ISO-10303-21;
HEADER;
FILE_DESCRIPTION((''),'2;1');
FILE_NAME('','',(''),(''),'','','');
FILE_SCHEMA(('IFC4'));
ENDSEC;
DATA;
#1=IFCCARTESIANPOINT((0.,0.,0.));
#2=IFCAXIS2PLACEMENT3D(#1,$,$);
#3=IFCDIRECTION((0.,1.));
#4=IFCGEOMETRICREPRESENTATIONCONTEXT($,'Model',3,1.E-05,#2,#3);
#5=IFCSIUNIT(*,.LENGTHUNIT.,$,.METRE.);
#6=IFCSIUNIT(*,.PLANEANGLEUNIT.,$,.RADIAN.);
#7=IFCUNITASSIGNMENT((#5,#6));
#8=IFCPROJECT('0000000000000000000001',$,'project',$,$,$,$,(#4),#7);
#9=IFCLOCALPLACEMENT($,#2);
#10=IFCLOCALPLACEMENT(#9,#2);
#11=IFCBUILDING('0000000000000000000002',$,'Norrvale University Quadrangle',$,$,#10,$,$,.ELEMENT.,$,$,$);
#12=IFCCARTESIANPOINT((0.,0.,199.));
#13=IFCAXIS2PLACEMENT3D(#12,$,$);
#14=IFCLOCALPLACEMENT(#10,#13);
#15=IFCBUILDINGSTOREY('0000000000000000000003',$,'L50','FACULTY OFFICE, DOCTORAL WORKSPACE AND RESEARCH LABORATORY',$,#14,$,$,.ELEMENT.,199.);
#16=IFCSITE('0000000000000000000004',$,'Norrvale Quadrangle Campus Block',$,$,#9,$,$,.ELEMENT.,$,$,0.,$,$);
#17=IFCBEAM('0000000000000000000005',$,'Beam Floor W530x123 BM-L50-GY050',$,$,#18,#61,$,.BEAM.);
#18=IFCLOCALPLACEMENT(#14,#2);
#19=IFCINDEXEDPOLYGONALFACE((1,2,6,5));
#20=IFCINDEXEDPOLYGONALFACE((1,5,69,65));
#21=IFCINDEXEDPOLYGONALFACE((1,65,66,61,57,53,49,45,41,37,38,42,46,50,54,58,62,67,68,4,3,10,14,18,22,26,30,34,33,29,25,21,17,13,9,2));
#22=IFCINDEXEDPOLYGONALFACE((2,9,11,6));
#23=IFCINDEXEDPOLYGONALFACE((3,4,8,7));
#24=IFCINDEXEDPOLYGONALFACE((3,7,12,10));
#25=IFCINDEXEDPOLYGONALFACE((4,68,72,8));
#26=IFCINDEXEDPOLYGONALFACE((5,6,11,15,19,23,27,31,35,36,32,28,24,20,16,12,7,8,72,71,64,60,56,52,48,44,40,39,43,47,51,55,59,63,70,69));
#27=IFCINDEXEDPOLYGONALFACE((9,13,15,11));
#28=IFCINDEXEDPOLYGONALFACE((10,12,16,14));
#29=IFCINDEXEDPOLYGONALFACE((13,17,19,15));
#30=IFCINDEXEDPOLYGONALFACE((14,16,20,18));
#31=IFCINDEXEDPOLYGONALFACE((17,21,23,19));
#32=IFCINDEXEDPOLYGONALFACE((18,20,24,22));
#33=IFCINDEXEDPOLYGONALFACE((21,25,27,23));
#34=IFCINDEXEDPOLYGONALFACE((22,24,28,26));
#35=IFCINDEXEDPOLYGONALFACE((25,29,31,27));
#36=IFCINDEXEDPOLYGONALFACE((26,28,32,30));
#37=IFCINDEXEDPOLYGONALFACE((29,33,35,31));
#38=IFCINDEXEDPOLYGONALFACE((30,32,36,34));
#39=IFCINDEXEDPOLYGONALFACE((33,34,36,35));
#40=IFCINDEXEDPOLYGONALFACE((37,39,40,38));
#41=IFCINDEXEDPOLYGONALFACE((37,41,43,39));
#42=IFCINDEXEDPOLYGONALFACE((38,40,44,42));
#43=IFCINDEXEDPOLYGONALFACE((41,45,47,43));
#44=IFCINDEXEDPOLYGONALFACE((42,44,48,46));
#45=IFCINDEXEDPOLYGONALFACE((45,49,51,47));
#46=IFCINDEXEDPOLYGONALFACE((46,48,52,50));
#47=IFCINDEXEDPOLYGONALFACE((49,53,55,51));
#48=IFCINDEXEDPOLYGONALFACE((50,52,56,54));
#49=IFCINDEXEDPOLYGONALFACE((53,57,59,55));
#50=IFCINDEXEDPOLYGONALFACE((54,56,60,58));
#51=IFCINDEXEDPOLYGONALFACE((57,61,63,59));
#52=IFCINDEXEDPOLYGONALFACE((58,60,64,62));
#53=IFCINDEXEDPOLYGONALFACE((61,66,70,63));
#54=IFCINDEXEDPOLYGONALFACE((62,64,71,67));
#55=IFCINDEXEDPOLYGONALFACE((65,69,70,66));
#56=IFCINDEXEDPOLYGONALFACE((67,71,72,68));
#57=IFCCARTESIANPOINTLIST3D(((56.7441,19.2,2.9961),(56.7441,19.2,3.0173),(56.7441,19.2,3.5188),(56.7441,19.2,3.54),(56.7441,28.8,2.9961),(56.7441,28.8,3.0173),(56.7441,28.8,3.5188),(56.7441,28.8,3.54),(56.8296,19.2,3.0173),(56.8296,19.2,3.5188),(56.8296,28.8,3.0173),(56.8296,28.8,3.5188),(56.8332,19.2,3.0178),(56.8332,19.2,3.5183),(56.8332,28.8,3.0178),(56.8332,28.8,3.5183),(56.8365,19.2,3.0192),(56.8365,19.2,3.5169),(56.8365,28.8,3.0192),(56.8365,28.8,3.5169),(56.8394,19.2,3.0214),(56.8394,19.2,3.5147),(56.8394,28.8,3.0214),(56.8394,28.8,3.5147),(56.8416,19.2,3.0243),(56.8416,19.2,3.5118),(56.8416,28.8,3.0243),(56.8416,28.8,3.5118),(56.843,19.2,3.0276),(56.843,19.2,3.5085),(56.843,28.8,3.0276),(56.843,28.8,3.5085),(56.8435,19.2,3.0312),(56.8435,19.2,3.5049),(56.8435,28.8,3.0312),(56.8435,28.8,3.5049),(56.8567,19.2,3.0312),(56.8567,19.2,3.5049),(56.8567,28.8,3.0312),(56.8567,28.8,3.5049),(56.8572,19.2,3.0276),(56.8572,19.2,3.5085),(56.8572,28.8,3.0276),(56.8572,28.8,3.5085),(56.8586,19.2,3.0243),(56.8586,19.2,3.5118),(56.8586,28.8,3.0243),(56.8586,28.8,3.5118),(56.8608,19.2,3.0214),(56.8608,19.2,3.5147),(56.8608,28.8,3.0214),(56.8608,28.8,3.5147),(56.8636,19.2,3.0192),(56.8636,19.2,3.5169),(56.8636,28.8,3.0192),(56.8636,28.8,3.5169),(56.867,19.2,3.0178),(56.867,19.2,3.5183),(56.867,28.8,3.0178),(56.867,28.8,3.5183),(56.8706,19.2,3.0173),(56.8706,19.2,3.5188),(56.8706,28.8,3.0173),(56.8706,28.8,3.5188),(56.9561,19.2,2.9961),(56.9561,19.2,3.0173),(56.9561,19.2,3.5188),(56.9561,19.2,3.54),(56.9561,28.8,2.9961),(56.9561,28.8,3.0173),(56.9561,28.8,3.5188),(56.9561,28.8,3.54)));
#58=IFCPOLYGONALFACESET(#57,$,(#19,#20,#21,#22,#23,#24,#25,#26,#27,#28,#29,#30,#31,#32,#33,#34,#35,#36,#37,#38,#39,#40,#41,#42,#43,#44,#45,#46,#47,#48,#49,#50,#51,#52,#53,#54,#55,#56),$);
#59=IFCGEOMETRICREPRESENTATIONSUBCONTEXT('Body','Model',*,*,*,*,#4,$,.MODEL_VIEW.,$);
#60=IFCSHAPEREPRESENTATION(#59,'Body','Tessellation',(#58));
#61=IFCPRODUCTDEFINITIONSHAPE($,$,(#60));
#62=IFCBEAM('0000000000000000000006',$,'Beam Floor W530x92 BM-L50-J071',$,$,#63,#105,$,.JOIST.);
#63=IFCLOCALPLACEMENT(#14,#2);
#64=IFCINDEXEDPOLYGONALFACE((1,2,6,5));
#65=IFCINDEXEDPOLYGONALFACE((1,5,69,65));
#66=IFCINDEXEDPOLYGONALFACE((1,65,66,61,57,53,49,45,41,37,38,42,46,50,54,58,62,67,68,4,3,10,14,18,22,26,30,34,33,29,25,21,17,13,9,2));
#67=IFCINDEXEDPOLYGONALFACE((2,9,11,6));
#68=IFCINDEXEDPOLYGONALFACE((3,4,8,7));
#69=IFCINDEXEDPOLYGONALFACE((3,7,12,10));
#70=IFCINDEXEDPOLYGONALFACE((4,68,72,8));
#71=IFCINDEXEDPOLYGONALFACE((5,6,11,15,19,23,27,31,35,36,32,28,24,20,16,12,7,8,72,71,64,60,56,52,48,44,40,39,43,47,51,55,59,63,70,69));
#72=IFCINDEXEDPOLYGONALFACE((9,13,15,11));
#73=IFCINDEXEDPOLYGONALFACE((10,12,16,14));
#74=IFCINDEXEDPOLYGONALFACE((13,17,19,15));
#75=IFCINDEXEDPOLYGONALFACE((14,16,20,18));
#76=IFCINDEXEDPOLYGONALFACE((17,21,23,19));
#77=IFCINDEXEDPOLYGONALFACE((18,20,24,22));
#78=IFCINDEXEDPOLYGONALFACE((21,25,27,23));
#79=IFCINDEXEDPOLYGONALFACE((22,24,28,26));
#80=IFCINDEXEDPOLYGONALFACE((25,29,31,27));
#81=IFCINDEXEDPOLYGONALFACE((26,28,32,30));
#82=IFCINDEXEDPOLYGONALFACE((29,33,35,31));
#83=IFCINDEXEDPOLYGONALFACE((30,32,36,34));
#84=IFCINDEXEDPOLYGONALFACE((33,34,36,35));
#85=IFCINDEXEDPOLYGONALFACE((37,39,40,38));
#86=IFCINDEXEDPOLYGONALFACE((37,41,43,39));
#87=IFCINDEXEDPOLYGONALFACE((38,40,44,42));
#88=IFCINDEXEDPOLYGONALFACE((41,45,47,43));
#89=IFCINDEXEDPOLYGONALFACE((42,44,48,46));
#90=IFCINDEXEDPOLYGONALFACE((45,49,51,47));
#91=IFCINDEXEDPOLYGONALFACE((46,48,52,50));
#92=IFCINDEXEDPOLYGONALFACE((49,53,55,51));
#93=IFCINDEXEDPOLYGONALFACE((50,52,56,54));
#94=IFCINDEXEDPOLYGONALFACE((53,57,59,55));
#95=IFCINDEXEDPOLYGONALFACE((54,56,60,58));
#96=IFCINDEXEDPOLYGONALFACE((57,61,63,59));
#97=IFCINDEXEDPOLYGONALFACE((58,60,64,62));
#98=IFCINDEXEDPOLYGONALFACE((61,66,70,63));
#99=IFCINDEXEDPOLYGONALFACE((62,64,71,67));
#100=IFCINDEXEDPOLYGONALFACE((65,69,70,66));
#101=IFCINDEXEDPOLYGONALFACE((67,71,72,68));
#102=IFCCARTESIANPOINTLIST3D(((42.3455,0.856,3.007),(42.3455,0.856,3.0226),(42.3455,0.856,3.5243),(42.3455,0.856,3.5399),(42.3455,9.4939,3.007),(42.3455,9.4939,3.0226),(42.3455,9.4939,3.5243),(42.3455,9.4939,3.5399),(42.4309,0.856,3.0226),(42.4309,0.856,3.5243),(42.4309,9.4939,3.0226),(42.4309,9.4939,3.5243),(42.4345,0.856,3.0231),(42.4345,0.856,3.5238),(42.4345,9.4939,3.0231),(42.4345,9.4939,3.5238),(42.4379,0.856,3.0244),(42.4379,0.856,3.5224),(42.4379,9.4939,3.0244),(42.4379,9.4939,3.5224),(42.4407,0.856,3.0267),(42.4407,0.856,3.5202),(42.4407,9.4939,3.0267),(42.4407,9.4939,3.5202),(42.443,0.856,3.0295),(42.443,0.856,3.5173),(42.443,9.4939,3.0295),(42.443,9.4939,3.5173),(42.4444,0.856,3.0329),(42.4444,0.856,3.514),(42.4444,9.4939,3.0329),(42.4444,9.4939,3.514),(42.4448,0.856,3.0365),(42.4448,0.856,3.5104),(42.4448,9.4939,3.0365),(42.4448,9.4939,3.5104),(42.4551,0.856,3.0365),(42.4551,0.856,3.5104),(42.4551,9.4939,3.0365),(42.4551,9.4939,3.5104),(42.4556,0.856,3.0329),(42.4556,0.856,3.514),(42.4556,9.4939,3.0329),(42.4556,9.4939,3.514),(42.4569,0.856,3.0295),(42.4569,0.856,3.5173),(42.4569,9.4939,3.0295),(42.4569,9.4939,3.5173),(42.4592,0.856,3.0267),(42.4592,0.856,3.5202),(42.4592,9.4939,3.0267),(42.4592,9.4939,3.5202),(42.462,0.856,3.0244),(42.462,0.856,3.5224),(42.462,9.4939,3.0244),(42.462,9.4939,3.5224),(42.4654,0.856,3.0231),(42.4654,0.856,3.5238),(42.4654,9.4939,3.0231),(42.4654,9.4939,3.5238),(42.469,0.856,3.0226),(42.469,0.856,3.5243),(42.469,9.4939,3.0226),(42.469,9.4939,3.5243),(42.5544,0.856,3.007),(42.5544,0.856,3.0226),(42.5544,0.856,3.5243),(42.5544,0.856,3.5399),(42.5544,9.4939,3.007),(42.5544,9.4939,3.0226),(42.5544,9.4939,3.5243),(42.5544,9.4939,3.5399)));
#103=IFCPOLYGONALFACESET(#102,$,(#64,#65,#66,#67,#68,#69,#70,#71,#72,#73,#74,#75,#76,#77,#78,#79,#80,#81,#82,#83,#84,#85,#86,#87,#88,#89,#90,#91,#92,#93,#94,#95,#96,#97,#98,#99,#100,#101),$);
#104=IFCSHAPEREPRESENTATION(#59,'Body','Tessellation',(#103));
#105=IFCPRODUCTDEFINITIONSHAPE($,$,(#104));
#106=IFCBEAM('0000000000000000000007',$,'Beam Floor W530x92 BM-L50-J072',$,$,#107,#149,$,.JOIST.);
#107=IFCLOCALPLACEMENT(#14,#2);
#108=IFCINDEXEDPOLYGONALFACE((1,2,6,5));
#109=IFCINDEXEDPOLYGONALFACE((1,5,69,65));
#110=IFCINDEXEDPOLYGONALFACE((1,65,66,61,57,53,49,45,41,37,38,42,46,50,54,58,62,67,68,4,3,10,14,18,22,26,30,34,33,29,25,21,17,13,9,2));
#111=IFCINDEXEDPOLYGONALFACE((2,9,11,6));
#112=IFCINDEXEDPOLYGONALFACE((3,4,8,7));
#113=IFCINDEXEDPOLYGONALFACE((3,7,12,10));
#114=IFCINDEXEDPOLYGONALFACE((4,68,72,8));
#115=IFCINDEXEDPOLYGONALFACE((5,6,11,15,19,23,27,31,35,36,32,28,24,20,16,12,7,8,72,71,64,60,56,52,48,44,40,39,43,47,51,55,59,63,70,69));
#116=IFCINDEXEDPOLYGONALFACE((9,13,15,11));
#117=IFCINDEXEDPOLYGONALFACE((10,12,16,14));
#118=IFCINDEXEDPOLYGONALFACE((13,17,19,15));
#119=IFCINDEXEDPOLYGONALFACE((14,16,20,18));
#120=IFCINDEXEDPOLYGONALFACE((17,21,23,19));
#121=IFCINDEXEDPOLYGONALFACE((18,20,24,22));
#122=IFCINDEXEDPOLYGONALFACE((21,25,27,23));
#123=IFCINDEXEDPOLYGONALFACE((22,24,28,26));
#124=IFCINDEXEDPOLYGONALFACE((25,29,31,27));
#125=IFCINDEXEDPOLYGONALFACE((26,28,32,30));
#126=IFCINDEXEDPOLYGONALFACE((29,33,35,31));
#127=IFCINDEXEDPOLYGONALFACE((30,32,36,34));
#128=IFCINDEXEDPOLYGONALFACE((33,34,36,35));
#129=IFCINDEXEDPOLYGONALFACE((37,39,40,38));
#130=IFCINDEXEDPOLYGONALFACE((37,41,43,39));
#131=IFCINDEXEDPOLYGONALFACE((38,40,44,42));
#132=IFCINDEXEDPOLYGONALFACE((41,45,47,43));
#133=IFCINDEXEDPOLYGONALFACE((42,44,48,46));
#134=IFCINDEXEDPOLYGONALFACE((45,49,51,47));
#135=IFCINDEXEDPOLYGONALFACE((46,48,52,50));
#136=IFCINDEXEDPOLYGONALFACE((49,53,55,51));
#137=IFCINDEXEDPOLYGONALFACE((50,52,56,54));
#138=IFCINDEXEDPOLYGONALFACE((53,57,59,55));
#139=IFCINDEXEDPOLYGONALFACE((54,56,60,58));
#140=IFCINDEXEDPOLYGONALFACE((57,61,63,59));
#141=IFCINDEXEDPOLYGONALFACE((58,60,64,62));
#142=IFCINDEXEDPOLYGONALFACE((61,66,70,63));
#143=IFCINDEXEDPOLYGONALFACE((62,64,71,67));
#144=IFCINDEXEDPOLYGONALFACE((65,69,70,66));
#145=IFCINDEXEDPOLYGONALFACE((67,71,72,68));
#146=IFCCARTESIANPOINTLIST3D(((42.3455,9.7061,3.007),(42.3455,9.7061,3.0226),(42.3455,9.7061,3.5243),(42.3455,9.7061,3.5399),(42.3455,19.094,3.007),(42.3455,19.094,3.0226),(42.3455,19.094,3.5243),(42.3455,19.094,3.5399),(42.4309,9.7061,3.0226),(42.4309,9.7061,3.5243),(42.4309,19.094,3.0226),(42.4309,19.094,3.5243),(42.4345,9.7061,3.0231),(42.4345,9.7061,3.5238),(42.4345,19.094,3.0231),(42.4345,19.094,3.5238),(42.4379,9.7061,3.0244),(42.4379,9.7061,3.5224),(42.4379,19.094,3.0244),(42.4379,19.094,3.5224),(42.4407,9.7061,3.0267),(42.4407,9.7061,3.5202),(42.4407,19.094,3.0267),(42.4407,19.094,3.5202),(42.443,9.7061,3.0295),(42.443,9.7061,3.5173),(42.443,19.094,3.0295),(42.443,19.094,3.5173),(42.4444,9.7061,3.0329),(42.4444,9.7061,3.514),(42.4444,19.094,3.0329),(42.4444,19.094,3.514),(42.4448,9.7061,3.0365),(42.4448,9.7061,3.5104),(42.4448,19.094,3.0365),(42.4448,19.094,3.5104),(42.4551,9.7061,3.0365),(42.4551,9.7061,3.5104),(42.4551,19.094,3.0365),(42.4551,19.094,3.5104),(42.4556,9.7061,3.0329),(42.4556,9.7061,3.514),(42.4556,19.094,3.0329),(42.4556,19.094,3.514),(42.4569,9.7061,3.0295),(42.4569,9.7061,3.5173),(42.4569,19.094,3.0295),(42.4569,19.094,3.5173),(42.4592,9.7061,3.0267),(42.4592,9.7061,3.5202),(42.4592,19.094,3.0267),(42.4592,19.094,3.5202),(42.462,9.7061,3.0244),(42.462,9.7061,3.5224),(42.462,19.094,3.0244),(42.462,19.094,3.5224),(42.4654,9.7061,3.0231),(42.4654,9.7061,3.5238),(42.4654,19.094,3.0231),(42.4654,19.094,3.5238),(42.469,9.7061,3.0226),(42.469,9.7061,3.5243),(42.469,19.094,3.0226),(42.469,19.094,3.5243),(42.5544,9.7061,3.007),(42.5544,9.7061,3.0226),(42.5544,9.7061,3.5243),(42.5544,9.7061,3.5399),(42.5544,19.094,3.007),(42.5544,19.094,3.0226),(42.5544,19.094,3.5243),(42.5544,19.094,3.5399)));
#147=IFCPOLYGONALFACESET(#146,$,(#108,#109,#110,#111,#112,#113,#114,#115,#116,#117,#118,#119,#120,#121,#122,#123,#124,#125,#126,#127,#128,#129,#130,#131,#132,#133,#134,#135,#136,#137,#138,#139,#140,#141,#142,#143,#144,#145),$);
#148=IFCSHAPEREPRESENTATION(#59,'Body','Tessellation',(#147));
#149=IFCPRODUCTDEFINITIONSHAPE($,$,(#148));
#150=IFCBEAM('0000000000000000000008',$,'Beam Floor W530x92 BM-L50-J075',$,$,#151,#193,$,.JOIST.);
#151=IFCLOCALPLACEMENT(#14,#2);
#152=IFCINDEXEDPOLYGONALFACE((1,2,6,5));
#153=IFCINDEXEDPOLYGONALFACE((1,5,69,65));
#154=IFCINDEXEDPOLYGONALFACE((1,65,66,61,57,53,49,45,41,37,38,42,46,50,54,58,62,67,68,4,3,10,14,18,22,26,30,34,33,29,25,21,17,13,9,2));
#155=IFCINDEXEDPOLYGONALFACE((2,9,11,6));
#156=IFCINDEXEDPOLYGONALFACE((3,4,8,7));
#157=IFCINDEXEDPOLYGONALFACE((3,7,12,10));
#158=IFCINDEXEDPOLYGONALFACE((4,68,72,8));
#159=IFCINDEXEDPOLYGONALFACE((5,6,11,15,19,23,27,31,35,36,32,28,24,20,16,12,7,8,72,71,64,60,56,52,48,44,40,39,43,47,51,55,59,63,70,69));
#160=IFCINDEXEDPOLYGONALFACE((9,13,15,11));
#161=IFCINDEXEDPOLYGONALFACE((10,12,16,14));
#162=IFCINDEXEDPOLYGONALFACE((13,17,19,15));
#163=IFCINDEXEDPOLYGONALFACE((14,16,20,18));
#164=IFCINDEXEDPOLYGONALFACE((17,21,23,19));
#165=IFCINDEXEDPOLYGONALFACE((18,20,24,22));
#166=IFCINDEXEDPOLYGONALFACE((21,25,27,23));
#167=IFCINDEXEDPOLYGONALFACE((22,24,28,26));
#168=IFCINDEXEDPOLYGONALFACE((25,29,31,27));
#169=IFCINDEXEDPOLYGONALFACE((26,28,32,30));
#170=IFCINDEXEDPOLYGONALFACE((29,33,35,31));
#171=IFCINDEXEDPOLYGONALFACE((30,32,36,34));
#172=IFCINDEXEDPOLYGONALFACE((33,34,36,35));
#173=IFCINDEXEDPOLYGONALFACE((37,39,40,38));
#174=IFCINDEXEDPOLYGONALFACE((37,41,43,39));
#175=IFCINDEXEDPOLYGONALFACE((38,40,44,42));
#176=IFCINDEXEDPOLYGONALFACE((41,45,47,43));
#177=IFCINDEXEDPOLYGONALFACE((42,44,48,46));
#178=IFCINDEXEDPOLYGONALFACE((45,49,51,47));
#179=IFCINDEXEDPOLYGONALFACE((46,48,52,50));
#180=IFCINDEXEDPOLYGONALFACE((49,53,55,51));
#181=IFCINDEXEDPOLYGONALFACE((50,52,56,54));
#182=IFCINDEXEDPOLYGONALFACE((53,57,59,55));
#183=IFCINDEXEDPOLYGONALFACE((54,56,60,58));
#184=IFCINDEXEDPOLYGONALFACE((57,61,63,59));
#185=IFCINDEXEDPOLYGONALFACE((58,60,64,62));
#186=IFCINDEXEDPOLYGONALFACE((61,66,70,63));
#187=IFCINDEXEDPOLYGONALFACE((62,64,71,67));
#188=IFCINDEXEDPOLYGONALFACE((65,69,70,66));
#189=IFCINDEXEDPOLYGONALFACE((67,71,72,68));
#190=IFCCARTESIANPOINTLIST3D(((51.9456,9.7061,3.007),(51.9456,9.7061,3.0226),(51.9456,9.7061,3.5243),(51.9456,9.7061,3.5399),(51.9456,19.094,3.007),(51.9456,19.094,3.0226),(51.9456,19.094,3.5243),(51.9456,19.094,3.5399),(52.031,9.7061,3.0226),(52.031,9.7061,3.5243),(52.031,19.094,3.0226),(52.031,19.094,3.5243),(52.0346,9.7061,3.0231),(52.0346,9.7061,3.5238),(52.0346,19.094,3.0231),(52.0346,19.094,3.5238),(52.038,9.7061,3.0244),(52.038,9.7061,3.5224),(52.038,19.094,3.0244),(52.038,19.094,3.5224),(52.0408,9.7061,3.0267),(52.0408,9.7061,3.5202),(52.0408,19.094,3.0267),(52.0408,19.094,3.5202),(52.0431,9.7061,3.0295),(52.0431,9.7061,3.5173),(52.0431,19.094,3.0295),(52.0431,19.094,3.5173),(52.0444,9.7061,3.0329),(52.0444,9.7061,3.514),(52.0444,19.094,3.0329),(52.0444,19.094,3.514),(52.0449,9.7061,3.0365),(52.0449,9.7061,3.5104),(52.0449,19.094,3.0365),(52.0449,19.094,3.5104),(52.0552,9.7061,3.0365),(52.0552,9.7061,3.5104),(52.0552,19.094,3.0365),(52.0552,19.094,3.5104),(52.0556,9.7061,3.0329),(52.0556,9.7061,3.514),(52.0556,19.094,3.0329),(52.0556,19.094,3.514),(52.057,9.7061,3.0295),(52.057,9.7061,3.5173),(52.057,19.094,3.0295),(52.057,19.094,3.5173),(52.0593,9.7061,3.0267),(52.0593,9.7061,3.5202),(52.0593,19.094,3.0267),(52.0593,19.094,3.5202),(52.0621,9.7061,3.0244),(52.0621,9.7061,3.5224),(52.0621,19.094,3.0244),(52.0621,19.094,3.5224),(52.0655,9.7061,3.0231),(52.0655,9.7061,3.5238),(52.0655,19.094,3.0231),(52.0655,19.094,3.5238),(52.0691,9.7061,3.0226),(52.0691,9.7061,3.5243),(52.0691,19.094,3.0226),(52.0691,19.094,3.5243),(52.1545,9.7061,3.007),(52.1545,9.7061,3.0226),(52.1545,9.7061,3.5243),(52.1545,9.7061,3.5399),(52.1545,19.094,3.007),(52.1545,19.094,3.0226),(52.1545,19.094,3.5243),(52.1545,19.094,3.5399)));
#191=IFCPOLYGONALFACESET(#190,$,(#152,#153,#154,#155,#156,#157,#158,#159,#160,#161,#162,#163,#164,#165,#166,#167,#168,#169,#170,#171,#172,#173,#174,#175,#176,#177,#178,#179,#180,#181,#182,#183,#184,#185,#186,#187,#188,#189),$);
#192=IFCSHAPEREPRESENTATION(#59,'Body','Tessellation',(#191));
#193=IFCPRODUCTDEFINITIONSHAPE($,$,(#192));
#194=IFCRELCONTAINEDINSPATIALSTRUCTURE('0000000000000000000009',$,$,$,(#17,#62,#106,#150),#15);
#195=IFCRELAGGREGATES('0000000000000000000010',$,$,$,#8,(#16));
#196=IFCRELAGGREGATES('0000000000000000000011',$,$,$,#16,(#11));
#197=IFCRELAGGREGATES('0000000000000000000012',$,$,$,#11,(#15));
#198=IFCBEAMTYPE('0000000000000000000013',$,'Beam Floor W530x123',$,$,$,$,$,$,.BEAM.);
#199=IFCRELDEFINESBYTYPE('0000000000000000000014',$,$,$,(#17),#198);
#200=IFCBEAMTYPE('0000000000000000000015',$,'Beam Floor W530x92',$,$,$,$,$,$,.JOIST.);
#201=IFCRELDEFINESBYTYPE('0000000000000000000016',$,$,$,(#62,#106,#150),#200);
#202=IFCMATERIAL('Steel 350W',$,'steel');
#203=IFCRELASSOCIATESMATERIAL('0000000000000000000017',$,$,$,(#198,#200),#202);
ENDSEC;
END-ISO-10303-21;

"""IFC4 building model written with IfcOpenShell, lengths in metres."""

from ifc_helpers import new_model, si_unit, direction, frame, origin, origin_2d, place, context, subcontext, project, spatial, i_section, extrude, material, material_profile, profile_set, type_object, element, save


model = new_model("IFC4")

# Units and contexts
model_context = context("Model", 3, precision=1e-05, world=origin(), true_north=direction((0.0, 1.0)))
body_context = subcontext(model_context, "Body", "Model", "MODEL_VIEW")
ifc_project = project(units=[si_unit("LENGTHUNIT", "METRE"), si_unit("PLANEANGLEUNIT", "RADIAN")], contexts=[model_context])

# Site, building, storey
site_placement = place(None, origin())
site = spatial("IfcSite", under=ifc_project, at=site_placement, Name="Norrvale Quadrangle Campus Block", CompositionType="ELEMENT", RefElevation=0.0)
building_placement = place(site_placement, origin())
building = spatial("IfcBuilding", under=site, at=building_placement, Name="Norrvale University Quadrangle", CompositionType="ELEMENT")
storey_placement = place(building_placement, frame((0.0, 0.0, 199.0)))
storey = spatial("IfcBuildingStorey", under=building, at=storey_placement, Name="L50", Description="FACULTY OFFICE, DOCTORAL WORKSPACE AND RESEARCH LABORATORY", CompositionType="ELEMENT", Elevation=199.0)

# Beams
ifc_material_1 = material(Name="Steel 350W", Category="steel")
ifc_material_profile_1 = material_profile(ifc_material_1, i_section(OverallWidth=0.2119, OverallDepth=0.5439, WebThickness=0.0132, FlangeThickness=0.0212, FilletRadius=0.0139, at=origin_2d()), Name="Steel 350W")
ifc_profile_set_1 = profile_set([ifc_material_profile_1], Name="Steel 350W")
beam_type_1 = type_object("IfcBeamType", Name="Beam Floor W530x123", PredefinedType="BEAM", material=ifc_profile_set_1)
beam_1_placement = place(storey_placement, frame((56.8501, 19.2, 3.2681), z_axis=(0.0, 1.0, 0.0), x_axis=(-1.0, 0.0, 0.0)))
element("IfcBeam", 1, at=beam_1_placement, inside=storey, type_object=beam_type_1, Name="Beam Floor W530x123 BM-L50-GY050", PredefinedType="BEAM", context=body_context, shape_type="SweptSolid", body=[
    extrude(i_section(OverallWidth=0.2119, OverallDepth=0.5439, WebThickness=0.0132, FlangeThickness=0.0212, FilletRadius=0.0139, at=origin_2d()), origin(), (0.0, 0.0, 1.0), 9.6001),
])
ifc_material_profile_2 = material_profile(ifc_material_1, i_section(OverallWidth=0.209, OverallDepth=0.533, WebThickness=0.0103, FlangeThickness=0.0156, FilletRadius=0.0139, at=origin_2d()), Name="Steel 350W")
ifc_profile_set_2 = profile_set([ifc_material_profile_2], Name="Steel 350W")
beam_type_2 = type_object("IfcBeamType", Name="Beam Floor W530x92", PredefinedType="JOIST", material=ifc_profile_set_2)
beam_2_placement = place(storey_placement, frame((42.45, 0.856, 3.2734), z_axis=(0.0, 1.0, 0.0), x_axis=(-1.0, 0.0, 0.0)))
element("IfcBeam", 2, at=beam_2_placement, inside=storey, type_object=beam_type_2, Name="Beam Floor W530x92 BM-L50-J071", PredefinedType="JOIST", context=body_context, shape_type="SweptSolid", body=[
    extrude(i_section(OverallWidth=0.209, OverallDepth=0.533, WebThickness=0.0103, FlangeThickness=0.0156, FilletRadius=0.0139, at=origin_2d()), origin(), (0.0, 0.0, 1.0), 8.6379),
])
for number, where, z_axis, x_axis, name in (
    (3, (42.45, 9.7061, 3.2734), (0.0, 1.0, 0.0), (-1.0, 0.0, 0.0), "Beam Floor W530x92 BM-L50-J072"),
    (4, (52.05, 9.7061, 3.2734), (0.0, 1.0, 0.0), (-1.0, 0.0, 0.0), "Beam Floor W530x92 BM-L50-J075"),
):
    element("IfcBeam", number, at=place(storey_placement, frame(where, z_axis=z_axis, x_axis=x_axis)), inside=storey, type_object=beam_type_2, Name=name, PredefinedType="JOIST", context=body_context, shape_type="SweptSolid", body=[
        extrude(i_section(OverallWidth=0.209, OverallDepth=0.533, WebThickness=0.0103, FlangeThickness=0.0156, FilletRadius=0.0139, at=origin_2d()), origin(), (0.0, 0.0, 1.0), 9.3879),
    ])

save(model, "model.ifc")
